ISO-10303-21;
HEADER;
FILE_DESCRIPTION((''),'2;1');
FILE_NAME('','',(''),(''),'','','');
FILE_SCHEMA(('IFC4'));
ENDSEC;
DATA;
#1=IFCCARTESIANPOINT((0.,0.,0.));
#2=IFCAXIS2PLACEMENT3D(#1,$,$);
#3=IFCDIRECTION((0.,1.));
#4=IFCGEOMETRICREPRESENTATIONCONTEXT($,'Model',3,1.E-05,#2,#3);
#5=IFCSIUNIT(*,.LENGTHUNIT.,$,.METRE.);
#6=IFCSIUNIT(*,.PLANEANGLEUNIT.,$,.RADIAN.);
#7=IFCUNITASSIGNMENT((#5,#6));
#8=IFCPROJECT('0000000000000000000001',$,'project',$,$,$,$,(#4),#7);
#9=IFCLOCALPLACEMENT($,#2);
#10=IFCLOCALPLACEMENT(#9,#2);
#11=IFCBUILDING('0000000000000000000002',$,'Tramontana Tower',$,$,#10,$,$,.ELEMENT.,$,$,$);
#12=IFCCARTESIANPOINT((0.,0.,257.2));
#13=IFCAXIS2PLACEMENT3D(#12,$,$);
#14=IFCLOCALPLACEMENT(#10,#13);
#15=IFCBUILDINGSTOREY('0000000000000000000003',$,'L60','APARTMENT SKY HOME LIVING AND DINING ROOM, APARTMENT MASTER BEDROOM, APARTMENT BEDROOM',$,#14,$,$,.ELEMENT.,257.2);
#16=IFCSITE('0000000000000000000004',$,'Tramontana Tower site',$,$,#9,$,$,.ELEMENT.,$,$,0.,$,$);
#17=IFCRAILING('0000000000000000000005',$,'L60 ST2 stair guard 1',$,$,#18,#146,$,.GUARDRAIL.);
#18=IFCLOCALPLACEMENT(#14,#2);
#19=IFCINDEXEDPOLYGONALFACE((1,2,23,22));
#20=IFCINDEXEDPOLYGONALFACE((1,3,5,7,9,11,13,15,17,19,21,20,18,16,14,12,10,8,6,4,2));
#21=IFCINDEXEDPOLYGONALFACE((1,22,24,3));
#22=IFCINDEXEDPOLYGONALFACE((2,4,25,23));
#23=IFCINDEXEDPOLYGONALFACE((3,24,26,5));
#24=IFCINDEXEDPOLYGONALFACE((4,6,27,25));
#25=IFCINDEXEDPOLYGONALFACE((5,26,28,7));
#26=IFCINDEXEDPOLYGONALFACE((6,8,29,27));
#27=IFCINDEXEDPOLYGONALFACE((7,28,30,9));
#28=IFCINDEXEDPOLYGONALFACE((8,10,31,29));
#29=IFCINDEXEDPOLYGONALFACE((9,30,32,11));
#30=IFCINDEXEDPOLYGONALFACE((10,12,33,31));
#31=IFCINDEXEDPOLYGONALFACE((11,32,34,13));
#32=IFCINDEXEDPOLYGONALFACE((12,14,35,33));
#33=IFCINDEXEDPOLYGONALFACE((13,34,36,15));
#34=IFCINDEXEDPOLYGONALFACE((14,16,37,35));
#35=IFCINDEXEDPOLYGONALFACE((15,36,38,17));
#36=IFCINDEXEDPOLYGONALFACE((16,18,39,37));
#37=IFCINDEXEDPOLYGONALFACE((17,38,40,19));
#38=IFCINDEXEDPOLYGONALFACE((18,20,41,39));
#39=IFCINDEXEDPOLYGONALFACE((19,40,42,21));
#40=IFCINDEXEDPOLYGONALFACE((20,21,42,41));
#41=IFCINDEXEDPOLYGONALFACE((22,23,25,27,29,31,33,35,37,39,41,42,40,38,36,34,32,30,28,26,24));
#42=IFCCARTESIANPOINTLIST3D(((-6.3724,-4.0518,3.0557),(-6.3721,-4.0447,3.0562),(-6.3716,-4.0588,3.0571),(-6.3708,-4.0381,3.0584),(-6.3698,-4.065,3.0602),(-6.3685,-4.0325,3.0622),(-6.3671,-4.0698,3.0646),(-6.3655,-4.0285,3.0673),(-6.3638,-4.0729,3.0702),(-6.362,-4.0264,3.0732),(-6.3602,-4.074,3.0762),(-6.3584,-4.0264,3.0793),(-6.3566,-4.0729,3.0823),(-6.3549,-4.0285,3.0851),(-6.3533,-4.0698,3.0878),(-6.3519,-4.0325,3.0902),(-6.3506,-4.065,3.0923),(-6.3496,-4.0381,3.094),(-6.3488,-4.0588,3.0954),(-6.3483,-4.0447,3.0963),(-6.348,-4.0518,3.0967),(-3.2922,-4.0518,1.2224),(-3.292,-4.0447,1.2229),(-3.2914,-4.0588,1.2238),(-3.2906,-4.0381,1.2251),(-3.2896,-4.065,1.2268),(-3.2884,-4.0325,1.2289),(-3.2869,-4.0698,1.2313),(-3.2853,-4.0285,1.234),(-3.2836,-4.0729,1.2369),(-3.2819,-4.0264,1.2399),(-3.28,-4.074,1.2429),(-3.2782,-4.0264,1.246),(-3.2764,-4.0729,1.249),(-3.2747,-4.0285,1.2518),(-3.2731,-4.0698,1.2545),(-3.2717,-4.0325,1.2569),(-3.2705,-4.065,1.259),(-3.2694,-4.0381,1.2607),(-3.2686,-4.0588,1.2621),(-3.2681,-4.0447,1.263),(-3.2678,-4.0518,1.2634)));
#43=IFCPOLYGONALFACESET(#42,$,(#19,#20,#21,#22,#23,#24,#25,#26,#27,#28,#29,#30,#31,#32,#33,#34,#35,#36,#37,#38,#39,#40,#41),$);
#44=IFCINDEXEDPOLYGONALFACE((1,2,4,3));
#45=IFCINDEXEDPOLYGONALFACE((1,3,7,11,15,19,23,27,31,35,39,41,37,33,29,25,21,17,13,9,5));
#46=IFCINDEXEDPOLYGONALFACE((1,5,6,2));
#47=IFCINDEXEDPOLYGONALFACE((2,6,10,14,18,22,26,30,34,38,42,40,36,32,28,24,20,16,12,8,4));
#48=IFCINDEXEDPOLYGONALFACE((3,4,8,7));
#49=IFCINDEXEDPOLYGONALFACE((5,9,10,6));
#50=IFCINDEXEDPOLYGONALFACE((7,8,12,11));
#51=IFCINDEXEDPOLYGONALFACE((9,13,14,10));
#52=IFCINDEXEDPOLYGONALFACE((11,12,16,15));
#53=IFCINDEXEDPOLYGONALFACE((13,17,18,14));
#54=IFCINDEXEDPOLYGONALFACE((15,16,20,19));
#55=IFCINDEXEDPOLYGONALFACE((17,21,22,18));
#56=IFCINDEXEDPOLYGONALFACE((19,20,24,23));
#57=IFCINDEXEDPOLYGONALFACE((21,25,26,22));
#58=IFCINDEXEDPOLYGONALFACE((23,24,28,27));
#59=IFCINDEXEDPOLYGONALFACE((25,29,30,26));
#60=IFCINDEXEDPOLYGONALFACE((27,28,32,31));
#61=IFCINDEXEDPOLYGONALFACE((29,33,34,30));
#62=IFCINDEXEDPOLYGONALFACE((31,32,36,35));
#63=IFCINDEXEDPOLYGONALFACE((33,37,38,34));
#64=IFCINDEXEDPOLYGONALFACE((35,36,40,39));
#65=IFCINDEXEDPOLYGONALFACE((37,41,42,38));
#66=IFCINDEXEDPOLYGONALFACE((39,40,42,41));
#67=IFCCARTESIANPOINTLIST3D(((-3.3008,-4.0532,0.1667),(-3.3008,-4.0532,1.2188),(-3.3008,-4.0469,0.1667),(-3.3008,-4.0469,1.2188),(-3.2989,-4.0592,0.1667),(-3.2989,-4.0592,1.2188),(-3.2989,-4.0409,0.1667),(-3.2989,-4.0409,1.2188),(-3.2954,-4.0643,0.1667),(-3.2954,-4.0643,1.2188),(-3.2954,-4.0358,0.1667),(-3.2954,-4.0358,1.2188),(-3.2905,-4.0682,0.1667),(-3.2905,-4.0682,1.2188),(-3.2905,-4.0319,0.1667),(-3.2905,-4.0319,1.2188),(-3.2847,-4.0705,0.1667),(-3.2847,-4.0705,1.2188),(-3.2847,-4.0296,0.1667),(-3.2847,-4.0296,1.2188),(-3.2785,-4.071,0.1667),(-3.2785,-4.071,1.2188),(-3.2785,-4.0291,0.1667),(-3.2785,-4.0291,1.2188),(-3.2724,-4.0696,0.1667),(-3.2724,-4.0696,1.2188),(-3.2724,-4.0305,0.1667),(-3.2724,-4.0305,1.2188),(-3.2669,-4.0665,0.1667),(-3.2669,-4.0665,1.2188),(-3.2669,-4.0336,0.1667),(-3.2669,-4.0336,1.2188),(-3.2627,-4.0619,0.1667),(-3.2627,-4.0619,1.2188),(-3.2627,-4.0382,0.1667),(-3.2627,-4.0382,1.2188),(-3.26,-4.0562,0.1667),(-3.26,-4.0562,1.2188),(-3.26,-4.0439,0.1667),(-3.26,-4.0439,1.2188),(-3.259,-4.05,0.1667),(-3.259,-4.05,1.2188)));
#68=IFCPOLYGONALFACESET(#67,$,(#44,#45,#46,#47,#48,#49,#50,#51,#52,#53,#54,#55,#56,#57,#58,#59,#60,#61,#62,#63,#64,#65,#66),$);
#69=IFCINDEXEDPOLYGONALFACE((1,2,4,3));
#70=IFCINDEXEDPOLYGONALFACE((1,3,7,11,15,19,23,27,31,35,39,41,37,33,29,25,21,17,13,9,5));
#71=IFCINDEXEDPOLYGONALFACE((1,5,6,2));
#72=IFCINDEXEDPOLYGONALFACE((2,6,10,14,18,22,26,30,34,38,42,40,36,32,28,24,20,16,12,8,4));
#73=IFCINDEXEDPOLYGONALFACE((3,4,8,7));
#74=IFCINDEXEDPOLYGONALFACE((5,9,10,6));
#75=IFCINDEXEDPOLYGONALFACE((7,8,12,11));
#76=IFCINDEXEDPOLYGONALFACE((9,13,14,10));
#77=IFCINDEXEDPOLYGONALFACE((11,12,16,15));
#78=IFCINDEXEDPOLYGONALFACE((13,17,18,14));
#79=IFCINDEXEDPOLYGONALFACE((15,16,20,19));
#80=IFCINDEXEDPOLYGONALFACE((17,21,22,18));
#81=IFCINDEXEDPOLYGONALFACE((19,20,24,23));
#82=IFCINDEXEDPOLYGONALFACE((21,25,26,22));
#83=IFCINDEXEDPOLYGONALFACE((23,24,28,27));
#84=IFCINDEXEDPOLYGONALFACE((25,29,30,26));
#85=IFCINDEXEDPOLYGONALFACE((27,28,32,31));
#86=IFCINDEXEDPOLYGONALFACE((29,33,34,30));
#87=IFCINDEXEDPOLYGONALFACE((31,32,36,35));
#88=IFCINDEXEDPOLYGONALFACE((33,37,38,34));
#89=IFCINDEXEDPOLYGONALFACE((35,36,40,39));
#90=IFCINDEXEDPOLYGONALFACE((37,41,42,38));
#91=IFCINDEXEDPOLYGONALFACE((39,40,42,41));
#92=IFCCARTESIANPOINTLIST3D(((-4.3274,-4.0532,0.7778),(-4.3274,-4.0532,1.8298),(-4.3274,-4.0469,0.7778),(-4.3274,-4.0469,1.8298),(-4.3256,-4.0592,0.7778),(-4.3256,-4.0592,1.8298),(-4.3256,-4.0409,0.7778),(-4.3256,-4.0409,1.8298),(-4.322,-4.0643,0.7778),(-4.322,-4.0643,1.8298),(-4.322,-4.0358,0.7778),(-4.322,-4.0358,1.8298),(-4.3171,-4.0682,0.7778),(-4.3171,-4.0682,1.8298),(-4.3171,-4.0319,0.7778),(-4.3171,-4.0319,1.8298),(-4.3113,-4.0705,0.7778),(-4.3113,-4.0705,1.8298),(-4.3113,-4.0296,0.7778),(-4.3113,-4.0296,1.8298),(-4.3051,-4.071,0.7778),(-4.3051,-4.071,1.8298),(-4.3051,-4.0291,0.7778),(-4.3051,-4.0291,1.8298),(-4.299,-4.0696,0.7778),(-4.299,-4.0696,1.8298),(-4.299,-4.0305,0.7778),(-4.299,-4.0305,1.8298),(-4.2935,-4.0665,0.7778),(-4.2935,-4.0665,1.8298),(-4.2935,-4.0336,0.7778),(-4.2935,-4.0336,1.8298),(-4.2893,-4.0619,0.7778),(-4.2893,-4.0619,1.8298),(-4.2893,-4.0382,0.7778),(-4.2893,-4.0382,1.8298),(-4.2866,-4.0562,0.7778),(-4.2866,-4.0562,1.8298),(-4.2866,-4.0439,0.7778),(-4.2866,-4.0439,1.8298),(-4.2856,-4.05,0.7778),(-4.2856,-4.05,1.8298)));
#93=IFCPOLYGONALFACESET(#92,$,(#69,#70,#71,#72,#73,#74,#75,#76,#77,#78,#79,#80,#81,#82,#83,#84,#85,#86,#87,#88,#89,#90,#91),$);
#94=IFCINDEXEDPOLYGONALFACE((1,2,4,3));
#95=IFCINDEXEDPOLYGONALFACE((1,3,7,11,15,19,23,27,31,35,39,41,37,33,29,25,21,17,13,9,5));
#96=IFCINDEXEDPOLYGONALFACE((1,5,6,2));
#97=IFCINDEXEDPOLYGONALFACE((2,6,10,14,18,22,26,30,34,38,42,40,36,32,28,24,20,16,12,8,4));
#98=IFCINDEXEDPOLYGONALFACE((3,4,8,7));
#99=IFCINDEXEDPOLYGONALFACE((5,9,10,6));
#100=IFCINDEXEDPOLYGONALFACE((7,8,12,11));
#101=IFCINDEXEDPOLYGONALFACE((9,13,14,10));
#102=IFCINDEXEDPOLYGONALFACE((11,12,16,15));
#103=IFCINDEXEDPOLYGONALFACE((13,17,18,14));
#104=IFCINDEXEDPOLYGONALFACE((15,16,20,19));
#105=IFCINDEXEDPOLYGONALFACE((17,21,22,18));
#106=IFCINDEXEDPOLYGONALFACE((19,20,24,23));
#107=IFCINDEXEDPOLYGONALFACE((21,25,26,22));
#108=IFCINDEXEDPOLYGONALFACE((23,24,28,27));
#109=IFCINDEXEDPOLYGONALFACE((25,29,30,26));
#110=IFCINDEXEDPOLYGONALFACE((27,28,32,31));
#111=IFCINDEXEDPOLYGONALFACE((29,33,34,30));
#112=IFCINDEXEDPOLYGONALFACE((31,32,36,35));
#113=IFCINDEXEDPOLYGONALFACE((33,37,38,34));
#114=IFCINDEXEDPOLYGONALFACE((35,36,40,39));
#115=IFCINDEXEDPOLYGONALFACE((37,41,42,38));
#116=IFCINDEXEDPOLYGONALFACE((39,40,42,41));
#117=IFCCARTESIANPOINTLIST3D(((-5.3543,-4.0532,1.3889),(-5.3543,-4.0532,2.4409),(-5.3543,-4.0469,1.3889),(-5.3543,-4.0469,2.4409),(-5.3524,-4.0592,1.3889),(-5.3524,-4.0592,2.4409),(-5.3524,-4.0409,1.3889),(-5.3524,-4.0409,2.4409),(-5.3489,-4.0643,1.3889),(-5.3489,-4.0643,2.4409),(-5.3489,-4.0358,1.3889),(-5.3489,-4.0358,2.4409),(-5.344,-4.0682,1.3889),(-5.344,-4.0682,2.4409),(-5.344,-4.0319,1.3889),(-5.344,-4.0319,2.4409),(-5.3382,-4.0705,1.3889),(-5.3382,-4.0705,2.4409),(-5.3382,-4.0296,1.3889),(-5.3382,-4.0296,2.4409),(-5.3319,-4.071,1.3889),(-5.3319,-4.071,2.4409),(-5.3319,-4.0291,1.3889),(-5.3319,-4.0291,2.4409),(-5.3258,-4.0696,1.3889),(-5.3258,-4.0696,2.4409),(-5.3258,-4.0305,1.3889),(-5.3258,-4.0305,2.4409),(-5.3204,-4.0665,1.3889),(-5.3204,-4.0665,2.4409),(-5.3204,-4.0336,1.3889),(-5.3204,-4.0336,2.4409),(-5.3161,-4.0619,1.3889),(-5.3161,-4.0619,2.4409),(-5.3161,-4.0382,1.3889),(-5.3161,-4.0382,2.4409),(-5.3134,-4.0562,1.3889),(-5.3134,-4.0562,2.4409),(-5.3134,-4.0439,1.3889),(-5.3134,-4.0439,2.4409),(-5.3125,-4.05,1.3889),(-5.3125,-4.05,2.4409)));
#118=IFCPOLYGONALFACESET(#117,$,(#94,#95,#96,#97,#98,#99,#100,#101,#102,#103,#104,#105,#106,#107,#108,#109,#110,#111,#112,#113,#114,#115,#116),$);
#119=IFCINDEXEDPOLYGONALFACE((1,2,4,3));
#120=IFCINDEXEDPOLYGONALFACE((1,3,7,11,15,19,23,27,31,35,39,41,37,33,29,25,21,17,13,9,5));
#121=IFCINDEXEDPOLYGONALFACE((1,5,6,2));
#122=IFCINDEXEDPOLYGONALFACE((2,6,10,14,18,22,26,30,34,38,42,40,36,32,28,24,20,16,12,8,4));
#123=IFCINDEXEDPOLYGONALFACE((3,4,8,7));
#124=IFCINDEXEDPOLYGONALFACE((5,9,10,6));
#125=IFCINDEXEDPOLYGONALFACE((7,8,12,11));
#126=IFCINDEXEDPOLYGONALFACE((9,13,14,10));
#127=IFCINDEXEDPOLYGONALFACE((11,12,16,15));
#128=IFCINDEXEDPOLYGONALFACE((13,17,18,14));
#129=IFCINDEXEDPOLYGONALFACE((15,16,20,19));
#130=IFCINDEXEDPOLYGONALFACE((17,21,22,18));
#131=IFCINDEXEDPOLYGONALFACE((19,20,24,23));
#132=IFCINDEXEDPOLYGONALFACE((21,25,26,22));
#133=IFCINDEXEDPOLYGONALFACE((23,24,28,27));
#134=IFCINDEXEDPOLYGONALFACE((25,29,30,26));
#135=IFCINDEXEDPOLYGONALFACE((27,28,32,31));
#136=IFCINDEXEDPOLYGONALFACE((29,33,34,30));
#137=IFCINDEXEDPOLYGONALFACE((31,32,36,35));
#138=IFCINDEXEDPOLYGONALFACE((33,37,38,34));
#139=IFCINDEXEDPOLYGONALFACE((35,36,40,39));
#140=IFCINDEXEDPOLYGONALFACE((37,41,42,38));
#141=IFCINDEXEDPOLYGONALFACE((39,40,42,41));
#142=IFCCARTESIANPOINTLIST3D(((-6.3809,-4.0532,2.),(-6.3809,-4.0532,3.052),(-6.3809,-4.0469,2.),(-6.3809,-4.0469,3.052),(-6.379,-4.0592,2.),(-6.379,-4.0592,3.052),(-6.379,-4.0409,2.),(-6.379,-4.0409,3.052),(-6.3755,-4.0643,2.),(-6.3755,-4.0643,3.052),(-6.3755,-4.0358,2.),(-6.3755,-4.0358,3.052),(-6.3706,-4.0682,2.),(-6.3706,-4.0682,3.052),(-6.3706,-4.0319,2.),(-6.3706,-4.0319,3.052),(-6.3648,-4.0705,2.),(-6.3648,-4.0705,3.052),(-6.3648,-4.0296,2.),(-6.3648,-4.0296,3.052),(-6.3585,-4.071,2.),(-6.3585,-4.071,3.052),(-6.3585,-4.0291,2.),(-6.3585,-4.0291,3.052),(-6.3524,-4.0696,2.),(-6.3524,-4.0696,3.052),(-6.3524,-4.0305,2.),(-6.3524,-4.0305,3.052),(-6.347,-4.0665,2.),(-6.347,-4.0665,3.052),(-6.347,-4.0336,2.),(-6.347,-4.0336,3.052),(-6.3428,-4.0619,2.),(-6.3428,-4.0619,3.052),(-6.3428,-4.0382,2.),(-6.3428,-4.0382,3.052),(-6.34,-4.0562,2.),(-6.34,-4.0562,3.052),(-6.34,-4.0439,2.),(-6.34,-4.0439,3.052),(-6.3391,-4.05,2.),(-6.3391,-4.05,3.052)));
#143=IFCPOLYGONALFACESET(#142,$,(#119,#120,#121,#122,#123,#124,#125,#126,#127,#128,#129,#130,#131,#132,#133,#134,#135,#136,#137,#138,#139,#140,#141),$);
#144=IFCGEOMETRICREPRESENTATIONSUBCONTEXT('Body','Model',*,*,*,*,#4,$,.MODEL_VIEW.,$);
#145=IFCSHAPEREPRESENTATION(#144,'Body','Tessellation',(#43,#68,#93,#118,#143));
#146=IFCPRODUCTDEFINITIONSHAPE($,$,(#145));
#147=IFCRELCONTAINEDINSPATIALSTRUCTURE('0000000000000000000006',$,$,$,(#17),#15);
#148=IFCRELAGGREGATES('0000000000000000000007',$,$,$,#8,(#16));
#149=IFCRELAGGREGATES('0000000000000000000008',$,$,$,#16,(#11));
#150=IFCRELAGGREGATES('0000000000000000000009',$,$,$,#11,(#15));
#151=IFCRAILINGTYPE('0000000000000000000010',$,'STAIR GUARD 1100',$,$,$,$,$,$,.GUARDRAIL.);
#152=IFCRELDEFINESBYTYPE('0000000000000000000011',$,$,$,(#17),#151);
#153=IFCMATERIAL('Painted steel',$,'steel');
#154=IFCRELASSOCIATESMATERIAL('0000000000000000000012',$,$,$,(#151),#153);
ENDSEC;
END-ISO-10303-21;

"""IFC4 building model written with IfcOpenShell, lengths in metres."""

from ifc_helpers import new_model, si_unit, direction, frame, origin, origin_2d, place, context, subcontext, project, spatial, circle, extrude, material, type_object, element, save


model = new_model("IFC4")

# Units and contexts
model_context = context("Model", 3, precision=1e-05, world=origin(), true_north=direction((0.0, 1.0)))
body_context = subcontext(model_context, "Body", "Model", "MODEL_VIEW")
ifc_project = project(units=[si_unit("LENGTHUNIT", "METRE"), si_unit("PLANEANGLEUNIT", "RADIAN")], contexts=[model_context])

# Site, building, storey
site_placement = place(None, origin())
site = spatial("IfcSite", under=ifc_project, at=site_placement, Name="Tramontana Tower site", CompositionType="ELEMENT", RefElevation=0.0)
building_placement = place(site_placement, origin())
building = spatial("IfcBuilding", under=site, at=building_placement, Name="Tramontana Tower", CompositionType="ELEMENT")
storey_placement = place(building_placement, frame((0.0, 0.0, 257.2)))
storey = spatial("IfcBuildingStorey", under=building, at=storey_placement, Name="L60", Description="APARTMENT SKY HOME LIVING AND DINING ROOM, APARTMENT MASTER BEDROOM, APARTMENT BEDROOM", CompositionType="ELEMENT", Elevation=257.2)

# Railing
ifc_material_1 = material(Name="Painted steel", Category="steel")
railing_type_1 = type_object("IfcRailingType", Name="STAIR GUARD 1100", PredefinedType="GUARDRAIL", material=ifc_material_1)
railing_1_placement = place(storey_placement, frame((-3.28, -4.05, 0.1667)))
element("IfcRailing", 1, at=railing_1_placement, inside=storey, type_object=railing_type_1, Name="L60 ST2 stair guard 1", PredefinedType="GUARDRAIL", context=body_context, shape_type="SweptSolid", body=[
    extrude(circle(Radius=0.0239, at=origin_2d()), frame((0.0, 0.0, 1.0762), z_axis=(-0.859309, 0.0, 0.511458), x_axis=(0.0, -1.0, 0.0)), (0.0, 0.0, 1.0), 3.5845),
    extrude(circle(Radius=0.021, at=origin_2d()), origin(), (0.0, 0.0, 1.0), 1.052),
    extrude(circle(Radius=0.021, at=origin_2d()), frame((-1.0266, 0.0, 0.6111)), (0.0, 0.0, 1.0), 1.052),
    extrude(circle(Radius=0.021, at=origin_2d()), frame((-2.0535, 0.0, 1.2222)), (0.0, 0.0, 1.0), 1.052),
    extrude(circle(Radius=0.021, at=origin_2d()), frame((-3.0801, 0.0, 1.8333)), (0.0, 0.0, 1.0), 1.052),
])

save(model, "model.ifc")
